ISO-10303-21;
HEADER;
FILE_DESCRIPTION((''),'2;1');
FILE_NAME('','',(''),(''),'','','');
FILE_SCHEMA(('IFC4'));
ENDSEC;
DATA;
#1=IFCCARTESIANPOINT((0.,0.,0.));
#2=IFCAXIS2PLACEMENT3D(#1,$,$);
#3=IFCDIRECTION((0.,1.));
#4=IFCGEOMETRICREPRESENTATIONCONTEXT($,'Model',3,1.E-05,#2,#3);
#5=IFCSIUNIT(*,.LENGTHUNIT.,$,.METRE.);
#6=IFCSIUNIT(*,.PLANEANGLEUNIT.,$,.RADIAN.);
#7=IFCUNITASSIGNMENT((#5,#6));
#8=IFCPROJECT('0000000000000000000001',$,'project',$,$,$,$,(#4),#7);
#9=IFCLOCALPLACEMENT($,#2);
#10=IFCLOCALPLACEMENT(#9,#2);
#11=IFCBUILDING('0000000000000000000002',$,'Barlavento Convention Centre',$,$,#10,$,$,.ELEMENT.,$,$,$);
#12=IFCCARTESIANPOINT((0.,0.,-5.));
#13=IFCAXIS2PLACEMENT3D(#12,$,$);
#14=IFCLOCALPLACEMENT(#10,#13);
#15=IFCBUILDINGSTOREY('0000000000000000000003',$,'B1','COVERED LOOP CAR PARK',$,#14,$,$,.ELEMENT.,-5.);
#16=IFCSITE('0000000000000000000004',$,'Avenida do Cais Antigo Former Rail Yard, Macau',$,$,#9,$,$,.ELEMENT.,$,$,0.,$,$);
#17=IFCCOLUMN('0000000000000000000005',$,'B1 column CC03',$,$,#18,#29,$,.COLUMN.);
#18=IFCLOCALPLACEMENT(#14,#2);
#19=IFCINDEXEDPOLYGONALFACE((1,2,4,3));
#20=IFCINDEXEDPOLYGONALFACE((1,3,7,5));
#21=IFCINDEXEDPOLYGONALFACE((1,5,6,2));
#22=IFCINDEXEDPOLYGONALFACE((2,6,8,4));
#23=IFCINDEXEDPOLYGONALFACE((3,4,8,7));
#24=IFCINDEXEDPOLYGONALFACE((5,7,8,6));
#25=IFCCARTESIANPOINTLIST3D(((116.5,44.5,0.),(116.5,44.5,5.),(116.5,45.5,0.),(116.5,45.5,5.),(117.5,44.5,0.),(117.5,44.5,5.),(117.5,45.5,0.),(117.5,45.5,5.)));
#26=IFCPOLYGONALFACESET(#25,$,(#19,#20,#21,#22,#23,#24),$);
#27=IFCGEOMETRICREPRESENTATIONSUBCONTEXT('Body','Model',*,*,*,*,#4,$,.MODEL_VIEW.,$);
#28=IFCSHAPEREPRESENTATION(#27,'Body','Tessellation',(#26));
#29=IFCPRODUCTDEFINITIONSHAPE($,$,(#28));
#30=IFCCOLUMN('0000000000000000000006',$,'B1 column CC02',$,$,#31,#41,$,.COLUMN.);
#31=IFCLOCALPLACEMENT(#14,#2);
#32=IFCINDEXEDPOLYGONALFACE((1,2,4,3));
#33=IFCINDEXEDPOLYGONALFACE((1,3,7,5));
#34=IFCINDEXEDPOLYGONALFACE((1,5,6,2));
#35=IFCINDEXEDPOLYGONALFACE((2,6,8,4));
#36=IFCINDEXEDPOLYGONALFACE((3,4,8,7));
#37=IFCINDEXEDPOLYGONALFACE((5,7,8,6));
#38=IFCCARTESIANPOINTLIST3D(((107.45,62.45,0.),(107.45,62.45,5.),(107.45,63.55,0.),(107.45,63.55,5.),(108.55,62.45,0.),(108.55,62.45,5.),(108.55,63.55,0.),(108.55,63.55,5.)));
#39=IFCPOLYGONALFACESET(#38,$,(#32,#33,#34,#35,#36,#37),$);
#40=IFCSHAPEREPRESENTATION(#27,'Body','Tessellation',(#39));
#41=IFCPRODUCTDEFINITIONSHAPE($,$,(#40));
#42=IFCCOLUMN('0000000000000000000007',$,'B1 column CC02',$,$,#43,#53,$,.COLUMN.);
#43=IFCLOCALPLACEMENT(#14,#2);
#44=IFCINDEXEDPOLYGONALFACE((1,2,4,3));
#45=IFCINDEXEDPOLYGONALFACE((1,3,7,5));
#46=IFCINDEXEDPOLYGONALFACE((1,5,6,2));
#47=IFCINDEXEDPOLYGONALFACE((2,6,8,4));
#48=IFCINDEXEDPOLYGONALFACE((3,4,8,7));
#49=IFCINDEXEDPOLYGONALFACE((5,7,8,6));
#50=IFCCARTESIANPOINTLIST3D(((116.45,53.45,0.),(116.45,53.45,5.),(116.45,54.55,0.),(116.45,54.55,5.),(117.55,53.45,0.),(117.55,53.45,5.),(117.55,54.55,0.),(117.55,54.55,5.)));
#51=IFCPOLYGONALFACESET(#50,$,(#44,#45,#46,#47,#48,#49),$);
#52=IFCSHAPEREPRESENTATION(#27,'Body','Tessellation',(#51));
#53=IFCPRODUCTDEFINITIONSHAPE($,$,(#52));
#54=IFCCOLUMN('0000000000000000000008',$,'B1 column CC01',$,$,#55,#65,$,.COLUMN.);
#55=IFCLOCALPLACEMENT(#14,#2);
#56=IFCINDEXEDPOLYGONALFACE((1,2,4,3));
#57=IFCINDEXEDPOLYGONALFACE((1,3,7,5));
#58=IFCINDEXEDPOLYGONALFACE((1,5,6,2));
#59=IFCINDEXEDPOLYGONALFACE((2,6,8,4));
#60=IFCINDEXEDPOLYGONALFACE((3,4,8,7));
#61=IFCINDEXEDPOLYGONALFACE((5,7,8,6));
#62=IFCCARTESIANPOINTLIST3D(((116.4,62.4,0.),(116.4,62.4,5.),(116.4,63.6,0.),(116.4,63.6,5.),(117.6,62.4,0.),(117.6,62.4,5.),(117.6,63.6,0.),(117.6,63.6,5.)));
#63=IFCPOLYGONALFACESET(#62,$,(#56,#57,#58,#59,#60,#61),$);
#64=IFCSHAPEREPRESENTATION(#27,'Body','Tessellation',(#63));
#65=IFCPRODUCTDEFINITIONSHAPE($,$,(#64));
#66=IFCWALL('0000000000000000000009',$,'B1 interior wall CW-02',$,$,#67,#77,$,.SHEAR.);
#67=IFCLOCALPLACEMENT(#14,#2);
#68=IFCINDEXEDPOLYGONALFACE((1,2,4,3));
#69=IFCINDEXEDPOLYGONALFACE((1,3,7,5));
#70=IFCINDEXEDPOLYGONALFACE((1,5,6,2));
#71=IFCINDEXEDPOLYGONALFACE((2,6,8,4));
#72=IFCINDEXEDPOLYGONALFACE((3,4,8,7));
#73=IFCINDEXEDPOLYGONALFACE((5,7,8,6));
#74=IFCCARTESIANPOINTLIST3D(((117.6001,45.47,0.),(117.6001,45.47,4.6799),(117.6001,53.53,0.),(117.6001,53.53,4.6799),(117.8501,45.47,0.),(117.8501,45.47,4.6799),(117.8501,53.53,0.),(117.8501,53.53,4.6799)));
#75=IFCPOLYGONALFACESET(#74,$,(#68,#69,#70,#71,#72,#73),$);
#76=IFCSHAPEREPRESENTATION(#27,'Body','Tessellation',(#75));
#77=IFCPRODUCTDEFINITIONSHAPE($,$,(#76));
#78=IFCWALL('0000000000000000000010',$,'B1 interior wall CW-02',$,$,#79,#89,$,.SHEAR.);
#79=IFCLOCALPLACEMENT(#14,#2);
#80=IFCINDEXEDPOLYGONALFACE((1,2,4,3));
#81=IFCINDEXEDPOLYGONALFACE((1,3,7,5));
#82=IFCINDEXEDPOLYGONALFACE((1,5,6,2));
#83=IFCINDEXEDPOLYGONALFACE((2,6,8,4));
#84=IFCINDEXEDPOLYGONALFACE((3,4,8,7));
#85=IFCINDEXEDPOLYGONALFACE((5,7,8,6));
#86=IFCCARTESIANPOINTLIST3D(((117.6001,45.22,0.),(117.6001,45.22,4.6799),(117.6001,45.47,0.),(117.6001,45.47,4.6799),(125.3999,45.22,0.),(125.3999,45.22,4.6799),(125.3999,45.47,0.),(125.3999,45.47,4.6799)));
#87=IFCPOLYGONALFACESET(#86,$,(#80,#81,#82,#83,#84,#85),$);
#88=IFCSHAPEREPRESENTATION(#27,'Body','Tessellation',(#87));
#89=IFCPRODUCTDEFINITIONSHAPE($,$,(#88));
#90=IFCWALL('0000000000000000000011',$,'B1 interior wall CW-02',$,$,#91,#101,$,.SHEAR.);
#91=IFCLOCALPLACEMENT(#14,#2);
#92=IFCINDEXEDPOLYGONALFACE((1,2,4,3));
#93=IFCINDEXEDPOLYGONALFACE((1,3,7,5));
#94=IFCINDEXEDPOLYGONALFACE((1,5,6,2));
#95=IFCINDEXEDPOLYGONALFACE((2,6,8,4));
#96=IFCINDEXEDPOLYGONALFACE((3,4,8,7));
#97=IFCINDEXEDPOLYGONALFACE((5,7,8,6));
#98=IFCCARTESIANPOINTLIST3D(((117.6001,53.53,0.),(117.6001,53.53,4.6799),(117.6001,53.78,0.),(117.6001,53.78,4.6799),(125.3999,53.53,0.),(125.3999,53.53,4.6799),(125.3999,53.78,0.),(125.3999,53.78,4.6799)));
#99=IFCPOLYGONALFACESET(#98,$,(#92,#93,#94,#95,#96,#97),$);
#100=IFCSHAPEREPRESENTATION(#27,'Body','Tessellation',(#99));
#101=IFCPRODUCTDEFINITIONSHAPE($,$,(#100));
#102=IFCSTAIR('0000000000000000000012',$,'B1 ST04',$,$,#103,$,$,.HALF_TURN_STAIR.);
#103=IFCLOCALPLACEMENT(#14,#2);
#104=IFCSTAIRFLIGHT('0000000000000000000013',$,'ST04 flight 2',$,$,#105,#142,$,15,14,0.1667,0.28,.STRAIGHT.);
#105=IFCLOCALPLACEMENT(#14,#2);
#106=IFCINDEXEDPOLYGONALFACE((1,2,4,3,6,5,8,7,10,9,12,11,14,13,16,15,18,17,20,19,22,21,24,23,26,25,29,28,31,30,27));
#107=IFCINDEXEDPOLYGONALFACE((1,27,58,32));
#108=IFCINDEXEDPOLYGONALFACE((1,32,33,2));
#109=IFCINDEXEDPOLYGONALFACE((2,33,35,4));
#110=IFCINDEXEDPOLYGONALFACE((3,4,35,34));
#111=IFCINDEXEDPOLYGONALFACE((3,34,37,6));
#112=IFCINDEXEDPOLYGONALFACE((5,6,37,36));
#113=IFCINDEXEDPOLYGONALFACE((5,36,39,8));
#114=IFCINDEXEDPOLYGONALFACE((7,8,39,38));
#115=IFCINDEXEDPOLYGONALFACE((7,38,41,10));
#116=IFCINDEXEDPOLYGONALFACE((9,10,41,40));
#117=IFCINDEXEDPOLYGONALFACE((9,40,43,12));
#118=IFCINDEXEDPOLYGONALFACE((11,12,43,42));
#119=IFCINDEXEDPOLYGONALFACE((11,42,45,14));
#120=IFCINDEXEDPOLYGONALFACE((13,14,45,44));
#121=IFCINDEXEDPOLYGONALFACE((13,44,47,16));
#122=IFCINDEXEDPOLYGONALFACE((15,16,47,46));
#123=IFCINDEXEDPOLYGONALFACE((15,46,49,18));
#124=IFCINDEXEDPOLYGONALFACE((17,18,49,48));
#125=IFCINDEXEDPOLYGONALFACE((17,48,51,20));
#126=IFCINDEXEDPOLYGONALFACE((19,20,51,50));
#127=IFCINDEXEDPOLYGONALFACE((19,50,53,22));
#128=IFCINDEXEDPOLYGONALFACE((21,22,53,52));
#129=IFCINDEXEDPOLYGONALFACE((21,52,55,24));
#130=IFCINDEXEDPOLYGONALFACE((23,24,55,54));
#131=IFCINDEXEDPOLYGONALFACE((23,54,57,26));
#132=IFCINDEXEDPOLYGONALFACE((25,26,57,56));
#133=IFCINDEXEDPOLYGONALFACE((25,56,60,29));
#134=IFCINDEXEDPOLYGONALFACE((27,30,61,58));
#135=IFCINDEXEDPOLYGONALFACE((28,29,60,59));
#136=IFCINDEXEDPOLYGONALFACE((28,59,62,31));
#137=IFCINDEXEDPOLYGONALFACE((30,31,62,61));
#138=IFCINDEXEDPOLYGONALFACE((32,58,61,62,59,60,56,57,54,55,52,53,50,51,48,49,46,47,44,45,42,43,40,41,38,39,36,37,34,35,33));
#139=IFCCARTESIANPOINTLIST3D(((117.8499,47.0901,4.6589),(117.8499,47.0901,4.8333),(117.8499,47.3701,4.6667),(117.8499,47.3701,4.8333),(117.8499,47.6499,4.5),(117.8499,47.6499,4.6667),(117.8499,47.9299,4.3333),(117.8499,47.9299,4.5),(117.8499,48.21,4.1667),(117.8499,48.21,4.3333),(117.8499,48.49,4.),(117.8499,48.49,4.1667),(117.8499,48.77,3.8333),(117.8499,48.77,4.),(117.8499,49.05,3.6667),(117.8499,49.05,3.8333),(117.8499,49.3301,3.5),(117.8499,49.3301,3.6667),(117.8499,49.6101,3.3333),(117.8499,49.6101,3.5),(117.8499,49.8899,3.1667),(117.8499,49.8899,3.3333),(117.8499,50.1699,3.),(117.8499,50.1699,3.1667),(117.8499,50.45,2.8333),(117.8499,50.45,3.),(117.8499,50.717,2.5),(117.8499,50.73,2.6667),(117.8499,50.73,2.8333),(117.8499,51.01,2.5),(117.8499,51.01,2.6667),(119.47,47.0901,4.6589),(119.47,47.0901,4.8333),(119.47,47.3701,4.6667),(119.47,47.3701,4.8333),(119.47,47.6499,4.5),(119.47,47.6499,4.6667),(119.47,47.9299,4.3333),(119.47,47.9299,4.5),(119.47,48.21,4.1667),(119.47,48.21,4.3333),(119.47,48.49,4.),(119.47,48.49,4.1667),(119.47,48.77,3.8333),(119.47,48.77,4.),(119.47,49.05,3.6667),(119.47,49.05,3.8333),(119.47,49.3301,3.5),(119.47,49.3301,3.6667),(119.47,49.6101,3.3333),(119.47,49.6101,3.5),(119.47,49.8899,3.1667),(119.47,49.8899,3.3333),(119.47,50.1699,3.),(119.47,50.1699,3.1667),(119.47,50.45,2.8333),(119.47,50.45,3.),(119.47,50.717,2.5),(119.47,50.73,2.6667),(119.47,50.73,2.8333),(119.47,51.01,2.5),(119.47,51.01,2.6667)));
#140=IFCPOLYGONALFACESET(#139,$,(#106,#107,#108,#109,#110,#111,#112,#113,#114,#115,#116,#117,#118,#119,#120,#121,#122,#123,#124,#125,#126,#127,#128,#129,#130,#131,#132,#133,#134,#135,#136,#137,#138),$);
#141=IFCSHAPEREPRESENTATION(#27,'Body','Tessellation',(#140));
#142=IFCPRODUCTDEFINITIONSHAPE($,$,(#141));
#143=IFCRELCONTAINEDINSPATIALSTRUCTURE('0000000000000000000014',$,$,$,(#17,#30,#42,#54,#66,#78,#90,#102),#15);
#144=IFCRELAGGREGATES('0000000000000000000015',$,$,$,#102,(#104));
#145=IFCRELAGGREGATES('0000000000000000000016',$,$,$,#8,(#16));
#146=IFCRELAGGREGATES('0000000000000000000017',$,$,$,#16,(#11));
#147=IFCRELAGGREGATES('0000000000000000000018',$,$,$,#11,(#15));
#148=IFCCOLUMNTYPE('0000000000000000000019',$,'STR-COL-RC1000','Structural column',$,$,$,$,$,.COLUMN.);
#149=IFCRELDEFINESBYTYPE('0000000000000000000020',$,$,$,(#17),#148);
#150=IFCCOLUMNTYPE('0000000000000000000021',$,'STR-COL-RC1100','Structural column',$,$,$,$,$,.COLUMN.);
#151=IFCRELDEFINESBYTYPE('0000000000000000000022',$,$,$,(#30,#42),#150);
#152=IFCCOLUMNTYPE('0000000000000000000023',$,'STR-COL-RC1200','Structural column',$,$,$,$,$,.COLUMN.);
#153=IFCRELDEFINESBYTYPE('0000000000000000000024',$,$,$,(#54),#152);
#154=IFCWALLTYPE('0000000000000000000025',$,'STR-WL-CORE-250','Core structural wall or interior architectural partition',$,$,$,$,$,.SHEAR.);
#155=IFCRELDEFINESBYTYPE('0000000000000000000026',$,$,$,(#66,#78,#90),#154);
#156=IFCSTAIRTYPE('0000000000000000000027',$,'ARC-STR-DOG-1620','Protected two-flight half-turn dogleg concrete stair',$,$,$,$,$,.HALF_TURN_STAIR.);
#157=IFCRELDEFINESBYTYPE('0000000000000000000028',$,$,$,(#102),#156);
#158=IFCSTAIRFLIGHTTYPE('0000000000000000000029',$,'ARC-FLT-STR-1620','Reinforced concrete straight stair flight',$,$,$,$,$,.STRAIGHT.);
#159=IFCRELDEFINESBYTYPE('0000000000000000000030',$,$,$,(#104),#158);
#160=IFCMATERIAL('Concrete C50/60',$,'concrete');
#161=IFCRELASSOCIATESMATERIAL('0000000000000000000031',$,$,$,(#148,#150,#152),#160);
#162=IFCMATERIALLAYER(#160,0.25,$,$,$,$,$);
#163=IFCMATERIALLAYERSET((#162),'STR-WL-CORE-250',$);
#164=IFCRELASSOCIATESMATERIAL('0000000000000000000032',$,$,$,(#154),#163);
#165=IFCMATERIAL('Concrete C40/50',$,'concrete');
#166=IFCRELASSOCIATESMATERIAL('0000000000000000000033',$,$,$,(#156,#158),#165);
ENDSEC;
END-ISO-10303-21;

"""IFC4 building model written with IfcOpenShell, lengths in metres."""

from ifc_helpers import new_model, si_unit, direction, frame, frame_2d, origin, origin_2d, place, context, subcontext, project, spatial, polyline, rectangle, outline, extrude, material, layer, layer_set, material_profile, profile_set, type_object, element, aggregate, save


model = new_model("IFC4")

# Units and contexts
model_context = context("Model", 3, precision=1e-05, world=origin(), true_north=direction((0.0, 1.0)))
body_context = subcontext(model_context, "Body", "Model", "MODEL_VIEW")
ifc_project = project(units=[si_unit("LENGTHUNIT", "METRE"), si_unit("PLANEANGLEUNIT", "RADIAN")], contexts=[model_context])

# Site, building, storey
site_placement = place(None, origin())
site = spatial("IfcSite", under=ifc_project, at=site_placement, Name="Avenida do Cais Antigo Former Rail Yard, Macau", CompositionType="ELEMENT", RefElevation=0.0)
building_placement = place(site_placement, origin())
building = spatial("IfcBuilding", under=site, at=building_placement, Name="Barlavento Convention Centre", CompositionType="ELEMENT")
storey_placement = place(building_placement, frame((0.0, 0.0, -5.0)))
storey = spatial("IfcBuildingStorey", under=building, at=storey_placement, Name="B1", Description="COVERED LOOP CAR PARK", CompositionType="ELEMENT", Elevation=-5.0)

# Shared definitions
ifc_material_1 = material(Name="Concrete C40/50", Category="concrete")

# Columns
ifc_material_2 = material(Name="Concrete C50/60", Category="concrete")
ifc_material_profile_1 = material_profile(ifc_material_2, rectangle(XDim=1.0, YDim=1.0, at=origin_2d()), Name="RC 1000x1000")
ifc_profile_set_1 = profile_set([ifc_material_profile_1], Name="Concrete C50/60")
column_type_1 = type_object("IfcColumnType", Name="STR-COL-RC1000", Description="Structural column", PredefinedType="COLUMN", material=ifc_profile_set_1)
for number, where, z_axis, x_axis, name in (
    (1, (117.0, 45.0, 0.0), (0.0, 0.0, 1.0), (1.0, 0.0, 0.0), "B1 column CC03"),
):
    element("IfcColumn", number, at=place(storey_placement, frame(where, z_axis=z_axis, x_axis=x_axis)), inside=storey, type_object=column_type_1, Name=name, PredefinedType="COLUMN", context=body_context, shape_type="SweptSolid", body=[
        extrude(rectangle(XDim=1.0, YDim=1.0, at=origin_2d()), origin(), (0.0, 0.0, 1.0), 5.0),
    ])
ifc_material_profile_2 = material_profile(ifc_material_2, rectangle(XDim=1.1001, YDim=1.1001, at=origin_2d()), Name="RC 1100x1100")
ifc_profile_set_2 = profile_set([ifc_material_profile_2], Name="Concrete C50/60")
column_type_2 = type_object("IfcColumnType", Name="STR-COL-RC1100", Description="Structural column", PredefinedType="COLUMN", material=ifc_profile_set_2)
for number, where, z_axis, x_axis, name in (
    (2, (108.0, 63.0, 0.0), (0.0, 0.0, 1.0), (1.0, 0.0, 0.0), "B1 column CC02"),
    (3, (117.0, 54.0, 0.0), (0.0, 0.0, 1.0), (1.0, 0.0, 0.0), "B1 column CC02"),
):
    element("IfcColumn", number, at=place(storey_placement, frame(where, z_axis=z_axis, x_axis=x_axis)), inside=storey, type_object=column_type_2, Name=name, PredefinedType="COLUMN", context=body_context, shape_type="SweptSolid", body=[
        extrude(rectangle(XDim=1.1001, YDim=1.1001, at=origin_2d()), origin(), (0.0, 0.0, 1.0), 5.0),
    ])
ifc_material_profile_3 = material_profile(ifc_material_2, rectangle(XDim=1.2, YDim=1.2, at=origin_2d()), Name="RC 1200x1200")
ifc_profile_set_3 = profile_set([ifc_material_profile_3], Name="Concrete C50/60")
column_type_3 = type_object("IfcColumnType", Name="STR-COL-RC1200", Description="Structural column", PredefinedType="COLUMN", material=ifc_profile_set_3)
column_placement = place(storey_placement, frame((117.0, 63.0, 0.0), z_axis=(0.0, 0.0, 1.0), x_axis=(1.0, 0.0, 0.0)))
element("IfcColumn", 4, at=column_placement, inside=storey, type_object=column_type_3, Name="B1 column CC01", PredefinedType="COLUMN", context=body_context, shape_type="SweptSolid", body=[
    extrude(rectangle(XDim=1.2, YDim=1.2, at=origin_2d()), origin(), (0.0, 0.0, 1.0), 5.0),
])

# Walls
ifc_layer = layer(ifc_material_2, 0.25)
ifc_layer_set = layer_set([ifc_layer], Name="STR-WL-CORE-250")
wall_type = type_object("IfcWallType", Name="STR-WL-CORE-250", Description="Core structural wall or interior architectural partition", PredefinedType="SHEAR", material=ifc_layer_set)
wall_placement = place(storey_placement, frame((117.7251, 45.47, 0.0), z_axis=(0.0, 0.0, 1.0), x_axis=(0.0, 1.0, 0.0)))
element("IfcWall", 5, at=wall_placement, inside=storey, type_object=wall_type, Name="B1 interior wall CW-02", PredefinedType="SHEAR", context=body_context, shape_type="SweptSolid", body=[
    extrude(rectangle(XDim=8.0601, YDim=0.25, at=frame_2d((4.03, 0.0))), origin(), (0.0, 0.0, 1.0), 4.6799),
])
for number, where, z_axis, x_axis, name in (
    (6, (117.6001, 45.345, 0.0), (0.0, 0.0, 1.0), (1.0, 0.0, 0.0), "B1 interior wall CW-02"),
    (7, (117.6001, 53.655, 0.0), (0.0, 0.0, 1.0), (1.0, 0.0, 0.0), "B1 interior wall CW-02"),
):
    element("IfcWall", number, at=place(storey_placement, frame(where, z_axis=z_axis, x_axis=x_axis)), inside=storey, type_object=wall_type, Name=name, PredefinedType="SHEAR", context=body_context, shape_type="SweptSolid", body=[
        extrude(rectangle(XDim=7.7998, YDim=0.25, at=frame_2d((3.8999, 0.0))), origin(), (0.0, 0.0, 1.0), 4.6799),
    ])

# Stair, stair flight
stair_type = type_object("IfcStairType", Name="ARC-STR-DOG-1620", Description="Protected two-flight half-turn dogleg concrete stair", PredefinedType="HALF_TURN_STAIR", material=ifc_material_1)
stair_placement = place(storey_placement, origin())
stair = element("IfcStair", 8, at=stair_placement, inside=storey, type_object=stair_type, Name="B1 ST04", PredefinedType="HALF_TURN_STAIR")
stair_flight_type = type_object("IfcStairFlightType", Name="ARC-FLT-STR-1620", Description="Reinforced concrete straight stair flight", PredefinedType="STRAIGHT", material=ifc_material_1)
stair_flight_placement = place(storey_placement, frame((118.6599, 51.01, 2.5), z_axis=(0.0, 0.0, 1.0), x_axis=(0.0, -1.0, 0.0)))
stair_flight = element("IfcStairFlight", 9, at=stair_flight_placement, type_object=stair_flight_type, Name="ST04 flight 2", NumberOfRisers=15, NumberOfTreads=14, PredefinedType="STRAIGHT", RiserHeight=0.1667, TreadLength=0.28, context=body_context, shape_type="SweptSolid", body=[
    extrude(outline(polyline([(0.0, 0.0), (0.0, 0.1667), (0.28, 0.1667), (0.28, 0.3333), (0.5601, 0.3333), (0.5601, 0.5), (0.8401, 0.5), (0.8401, 0.6667), (1.1201, 0.6667), (1.1201, 0.8333), (1.3999, 0.8333), (1.3999, 1.0), (1.6799, 1.0), (1.6799, 1.1667), (1.96, 1.1667), (1.96, 1.3333), (2.24, 1.3333), (2.24, 1.5), (2.52, 1.5), (2.52, 1.6667), (2.8, 1.6667), (2.8, 1.8333), (3.0801, 1.8333), (3.0801, 2.0), (3.3601, 2.0), (3.3601, 2.1667), (3.6399, 2.1667), (3.6399, 2.3333), (3.9199, 2.3333), (3.9199, 2.5), (3.9199, 2.1589), (0.293, 0.0), (0.0, 0.0)])), frame((0.0, 0.8101, 0.0), z_axis=(0.0, -1.0, 0.0), x_axis=(1.0, 0.0, 0.0)), (0.0, 0.0, 1.0), 1.6201),
])
aggregate(stair, [stair_flight])

save(model, "model.ifc")
